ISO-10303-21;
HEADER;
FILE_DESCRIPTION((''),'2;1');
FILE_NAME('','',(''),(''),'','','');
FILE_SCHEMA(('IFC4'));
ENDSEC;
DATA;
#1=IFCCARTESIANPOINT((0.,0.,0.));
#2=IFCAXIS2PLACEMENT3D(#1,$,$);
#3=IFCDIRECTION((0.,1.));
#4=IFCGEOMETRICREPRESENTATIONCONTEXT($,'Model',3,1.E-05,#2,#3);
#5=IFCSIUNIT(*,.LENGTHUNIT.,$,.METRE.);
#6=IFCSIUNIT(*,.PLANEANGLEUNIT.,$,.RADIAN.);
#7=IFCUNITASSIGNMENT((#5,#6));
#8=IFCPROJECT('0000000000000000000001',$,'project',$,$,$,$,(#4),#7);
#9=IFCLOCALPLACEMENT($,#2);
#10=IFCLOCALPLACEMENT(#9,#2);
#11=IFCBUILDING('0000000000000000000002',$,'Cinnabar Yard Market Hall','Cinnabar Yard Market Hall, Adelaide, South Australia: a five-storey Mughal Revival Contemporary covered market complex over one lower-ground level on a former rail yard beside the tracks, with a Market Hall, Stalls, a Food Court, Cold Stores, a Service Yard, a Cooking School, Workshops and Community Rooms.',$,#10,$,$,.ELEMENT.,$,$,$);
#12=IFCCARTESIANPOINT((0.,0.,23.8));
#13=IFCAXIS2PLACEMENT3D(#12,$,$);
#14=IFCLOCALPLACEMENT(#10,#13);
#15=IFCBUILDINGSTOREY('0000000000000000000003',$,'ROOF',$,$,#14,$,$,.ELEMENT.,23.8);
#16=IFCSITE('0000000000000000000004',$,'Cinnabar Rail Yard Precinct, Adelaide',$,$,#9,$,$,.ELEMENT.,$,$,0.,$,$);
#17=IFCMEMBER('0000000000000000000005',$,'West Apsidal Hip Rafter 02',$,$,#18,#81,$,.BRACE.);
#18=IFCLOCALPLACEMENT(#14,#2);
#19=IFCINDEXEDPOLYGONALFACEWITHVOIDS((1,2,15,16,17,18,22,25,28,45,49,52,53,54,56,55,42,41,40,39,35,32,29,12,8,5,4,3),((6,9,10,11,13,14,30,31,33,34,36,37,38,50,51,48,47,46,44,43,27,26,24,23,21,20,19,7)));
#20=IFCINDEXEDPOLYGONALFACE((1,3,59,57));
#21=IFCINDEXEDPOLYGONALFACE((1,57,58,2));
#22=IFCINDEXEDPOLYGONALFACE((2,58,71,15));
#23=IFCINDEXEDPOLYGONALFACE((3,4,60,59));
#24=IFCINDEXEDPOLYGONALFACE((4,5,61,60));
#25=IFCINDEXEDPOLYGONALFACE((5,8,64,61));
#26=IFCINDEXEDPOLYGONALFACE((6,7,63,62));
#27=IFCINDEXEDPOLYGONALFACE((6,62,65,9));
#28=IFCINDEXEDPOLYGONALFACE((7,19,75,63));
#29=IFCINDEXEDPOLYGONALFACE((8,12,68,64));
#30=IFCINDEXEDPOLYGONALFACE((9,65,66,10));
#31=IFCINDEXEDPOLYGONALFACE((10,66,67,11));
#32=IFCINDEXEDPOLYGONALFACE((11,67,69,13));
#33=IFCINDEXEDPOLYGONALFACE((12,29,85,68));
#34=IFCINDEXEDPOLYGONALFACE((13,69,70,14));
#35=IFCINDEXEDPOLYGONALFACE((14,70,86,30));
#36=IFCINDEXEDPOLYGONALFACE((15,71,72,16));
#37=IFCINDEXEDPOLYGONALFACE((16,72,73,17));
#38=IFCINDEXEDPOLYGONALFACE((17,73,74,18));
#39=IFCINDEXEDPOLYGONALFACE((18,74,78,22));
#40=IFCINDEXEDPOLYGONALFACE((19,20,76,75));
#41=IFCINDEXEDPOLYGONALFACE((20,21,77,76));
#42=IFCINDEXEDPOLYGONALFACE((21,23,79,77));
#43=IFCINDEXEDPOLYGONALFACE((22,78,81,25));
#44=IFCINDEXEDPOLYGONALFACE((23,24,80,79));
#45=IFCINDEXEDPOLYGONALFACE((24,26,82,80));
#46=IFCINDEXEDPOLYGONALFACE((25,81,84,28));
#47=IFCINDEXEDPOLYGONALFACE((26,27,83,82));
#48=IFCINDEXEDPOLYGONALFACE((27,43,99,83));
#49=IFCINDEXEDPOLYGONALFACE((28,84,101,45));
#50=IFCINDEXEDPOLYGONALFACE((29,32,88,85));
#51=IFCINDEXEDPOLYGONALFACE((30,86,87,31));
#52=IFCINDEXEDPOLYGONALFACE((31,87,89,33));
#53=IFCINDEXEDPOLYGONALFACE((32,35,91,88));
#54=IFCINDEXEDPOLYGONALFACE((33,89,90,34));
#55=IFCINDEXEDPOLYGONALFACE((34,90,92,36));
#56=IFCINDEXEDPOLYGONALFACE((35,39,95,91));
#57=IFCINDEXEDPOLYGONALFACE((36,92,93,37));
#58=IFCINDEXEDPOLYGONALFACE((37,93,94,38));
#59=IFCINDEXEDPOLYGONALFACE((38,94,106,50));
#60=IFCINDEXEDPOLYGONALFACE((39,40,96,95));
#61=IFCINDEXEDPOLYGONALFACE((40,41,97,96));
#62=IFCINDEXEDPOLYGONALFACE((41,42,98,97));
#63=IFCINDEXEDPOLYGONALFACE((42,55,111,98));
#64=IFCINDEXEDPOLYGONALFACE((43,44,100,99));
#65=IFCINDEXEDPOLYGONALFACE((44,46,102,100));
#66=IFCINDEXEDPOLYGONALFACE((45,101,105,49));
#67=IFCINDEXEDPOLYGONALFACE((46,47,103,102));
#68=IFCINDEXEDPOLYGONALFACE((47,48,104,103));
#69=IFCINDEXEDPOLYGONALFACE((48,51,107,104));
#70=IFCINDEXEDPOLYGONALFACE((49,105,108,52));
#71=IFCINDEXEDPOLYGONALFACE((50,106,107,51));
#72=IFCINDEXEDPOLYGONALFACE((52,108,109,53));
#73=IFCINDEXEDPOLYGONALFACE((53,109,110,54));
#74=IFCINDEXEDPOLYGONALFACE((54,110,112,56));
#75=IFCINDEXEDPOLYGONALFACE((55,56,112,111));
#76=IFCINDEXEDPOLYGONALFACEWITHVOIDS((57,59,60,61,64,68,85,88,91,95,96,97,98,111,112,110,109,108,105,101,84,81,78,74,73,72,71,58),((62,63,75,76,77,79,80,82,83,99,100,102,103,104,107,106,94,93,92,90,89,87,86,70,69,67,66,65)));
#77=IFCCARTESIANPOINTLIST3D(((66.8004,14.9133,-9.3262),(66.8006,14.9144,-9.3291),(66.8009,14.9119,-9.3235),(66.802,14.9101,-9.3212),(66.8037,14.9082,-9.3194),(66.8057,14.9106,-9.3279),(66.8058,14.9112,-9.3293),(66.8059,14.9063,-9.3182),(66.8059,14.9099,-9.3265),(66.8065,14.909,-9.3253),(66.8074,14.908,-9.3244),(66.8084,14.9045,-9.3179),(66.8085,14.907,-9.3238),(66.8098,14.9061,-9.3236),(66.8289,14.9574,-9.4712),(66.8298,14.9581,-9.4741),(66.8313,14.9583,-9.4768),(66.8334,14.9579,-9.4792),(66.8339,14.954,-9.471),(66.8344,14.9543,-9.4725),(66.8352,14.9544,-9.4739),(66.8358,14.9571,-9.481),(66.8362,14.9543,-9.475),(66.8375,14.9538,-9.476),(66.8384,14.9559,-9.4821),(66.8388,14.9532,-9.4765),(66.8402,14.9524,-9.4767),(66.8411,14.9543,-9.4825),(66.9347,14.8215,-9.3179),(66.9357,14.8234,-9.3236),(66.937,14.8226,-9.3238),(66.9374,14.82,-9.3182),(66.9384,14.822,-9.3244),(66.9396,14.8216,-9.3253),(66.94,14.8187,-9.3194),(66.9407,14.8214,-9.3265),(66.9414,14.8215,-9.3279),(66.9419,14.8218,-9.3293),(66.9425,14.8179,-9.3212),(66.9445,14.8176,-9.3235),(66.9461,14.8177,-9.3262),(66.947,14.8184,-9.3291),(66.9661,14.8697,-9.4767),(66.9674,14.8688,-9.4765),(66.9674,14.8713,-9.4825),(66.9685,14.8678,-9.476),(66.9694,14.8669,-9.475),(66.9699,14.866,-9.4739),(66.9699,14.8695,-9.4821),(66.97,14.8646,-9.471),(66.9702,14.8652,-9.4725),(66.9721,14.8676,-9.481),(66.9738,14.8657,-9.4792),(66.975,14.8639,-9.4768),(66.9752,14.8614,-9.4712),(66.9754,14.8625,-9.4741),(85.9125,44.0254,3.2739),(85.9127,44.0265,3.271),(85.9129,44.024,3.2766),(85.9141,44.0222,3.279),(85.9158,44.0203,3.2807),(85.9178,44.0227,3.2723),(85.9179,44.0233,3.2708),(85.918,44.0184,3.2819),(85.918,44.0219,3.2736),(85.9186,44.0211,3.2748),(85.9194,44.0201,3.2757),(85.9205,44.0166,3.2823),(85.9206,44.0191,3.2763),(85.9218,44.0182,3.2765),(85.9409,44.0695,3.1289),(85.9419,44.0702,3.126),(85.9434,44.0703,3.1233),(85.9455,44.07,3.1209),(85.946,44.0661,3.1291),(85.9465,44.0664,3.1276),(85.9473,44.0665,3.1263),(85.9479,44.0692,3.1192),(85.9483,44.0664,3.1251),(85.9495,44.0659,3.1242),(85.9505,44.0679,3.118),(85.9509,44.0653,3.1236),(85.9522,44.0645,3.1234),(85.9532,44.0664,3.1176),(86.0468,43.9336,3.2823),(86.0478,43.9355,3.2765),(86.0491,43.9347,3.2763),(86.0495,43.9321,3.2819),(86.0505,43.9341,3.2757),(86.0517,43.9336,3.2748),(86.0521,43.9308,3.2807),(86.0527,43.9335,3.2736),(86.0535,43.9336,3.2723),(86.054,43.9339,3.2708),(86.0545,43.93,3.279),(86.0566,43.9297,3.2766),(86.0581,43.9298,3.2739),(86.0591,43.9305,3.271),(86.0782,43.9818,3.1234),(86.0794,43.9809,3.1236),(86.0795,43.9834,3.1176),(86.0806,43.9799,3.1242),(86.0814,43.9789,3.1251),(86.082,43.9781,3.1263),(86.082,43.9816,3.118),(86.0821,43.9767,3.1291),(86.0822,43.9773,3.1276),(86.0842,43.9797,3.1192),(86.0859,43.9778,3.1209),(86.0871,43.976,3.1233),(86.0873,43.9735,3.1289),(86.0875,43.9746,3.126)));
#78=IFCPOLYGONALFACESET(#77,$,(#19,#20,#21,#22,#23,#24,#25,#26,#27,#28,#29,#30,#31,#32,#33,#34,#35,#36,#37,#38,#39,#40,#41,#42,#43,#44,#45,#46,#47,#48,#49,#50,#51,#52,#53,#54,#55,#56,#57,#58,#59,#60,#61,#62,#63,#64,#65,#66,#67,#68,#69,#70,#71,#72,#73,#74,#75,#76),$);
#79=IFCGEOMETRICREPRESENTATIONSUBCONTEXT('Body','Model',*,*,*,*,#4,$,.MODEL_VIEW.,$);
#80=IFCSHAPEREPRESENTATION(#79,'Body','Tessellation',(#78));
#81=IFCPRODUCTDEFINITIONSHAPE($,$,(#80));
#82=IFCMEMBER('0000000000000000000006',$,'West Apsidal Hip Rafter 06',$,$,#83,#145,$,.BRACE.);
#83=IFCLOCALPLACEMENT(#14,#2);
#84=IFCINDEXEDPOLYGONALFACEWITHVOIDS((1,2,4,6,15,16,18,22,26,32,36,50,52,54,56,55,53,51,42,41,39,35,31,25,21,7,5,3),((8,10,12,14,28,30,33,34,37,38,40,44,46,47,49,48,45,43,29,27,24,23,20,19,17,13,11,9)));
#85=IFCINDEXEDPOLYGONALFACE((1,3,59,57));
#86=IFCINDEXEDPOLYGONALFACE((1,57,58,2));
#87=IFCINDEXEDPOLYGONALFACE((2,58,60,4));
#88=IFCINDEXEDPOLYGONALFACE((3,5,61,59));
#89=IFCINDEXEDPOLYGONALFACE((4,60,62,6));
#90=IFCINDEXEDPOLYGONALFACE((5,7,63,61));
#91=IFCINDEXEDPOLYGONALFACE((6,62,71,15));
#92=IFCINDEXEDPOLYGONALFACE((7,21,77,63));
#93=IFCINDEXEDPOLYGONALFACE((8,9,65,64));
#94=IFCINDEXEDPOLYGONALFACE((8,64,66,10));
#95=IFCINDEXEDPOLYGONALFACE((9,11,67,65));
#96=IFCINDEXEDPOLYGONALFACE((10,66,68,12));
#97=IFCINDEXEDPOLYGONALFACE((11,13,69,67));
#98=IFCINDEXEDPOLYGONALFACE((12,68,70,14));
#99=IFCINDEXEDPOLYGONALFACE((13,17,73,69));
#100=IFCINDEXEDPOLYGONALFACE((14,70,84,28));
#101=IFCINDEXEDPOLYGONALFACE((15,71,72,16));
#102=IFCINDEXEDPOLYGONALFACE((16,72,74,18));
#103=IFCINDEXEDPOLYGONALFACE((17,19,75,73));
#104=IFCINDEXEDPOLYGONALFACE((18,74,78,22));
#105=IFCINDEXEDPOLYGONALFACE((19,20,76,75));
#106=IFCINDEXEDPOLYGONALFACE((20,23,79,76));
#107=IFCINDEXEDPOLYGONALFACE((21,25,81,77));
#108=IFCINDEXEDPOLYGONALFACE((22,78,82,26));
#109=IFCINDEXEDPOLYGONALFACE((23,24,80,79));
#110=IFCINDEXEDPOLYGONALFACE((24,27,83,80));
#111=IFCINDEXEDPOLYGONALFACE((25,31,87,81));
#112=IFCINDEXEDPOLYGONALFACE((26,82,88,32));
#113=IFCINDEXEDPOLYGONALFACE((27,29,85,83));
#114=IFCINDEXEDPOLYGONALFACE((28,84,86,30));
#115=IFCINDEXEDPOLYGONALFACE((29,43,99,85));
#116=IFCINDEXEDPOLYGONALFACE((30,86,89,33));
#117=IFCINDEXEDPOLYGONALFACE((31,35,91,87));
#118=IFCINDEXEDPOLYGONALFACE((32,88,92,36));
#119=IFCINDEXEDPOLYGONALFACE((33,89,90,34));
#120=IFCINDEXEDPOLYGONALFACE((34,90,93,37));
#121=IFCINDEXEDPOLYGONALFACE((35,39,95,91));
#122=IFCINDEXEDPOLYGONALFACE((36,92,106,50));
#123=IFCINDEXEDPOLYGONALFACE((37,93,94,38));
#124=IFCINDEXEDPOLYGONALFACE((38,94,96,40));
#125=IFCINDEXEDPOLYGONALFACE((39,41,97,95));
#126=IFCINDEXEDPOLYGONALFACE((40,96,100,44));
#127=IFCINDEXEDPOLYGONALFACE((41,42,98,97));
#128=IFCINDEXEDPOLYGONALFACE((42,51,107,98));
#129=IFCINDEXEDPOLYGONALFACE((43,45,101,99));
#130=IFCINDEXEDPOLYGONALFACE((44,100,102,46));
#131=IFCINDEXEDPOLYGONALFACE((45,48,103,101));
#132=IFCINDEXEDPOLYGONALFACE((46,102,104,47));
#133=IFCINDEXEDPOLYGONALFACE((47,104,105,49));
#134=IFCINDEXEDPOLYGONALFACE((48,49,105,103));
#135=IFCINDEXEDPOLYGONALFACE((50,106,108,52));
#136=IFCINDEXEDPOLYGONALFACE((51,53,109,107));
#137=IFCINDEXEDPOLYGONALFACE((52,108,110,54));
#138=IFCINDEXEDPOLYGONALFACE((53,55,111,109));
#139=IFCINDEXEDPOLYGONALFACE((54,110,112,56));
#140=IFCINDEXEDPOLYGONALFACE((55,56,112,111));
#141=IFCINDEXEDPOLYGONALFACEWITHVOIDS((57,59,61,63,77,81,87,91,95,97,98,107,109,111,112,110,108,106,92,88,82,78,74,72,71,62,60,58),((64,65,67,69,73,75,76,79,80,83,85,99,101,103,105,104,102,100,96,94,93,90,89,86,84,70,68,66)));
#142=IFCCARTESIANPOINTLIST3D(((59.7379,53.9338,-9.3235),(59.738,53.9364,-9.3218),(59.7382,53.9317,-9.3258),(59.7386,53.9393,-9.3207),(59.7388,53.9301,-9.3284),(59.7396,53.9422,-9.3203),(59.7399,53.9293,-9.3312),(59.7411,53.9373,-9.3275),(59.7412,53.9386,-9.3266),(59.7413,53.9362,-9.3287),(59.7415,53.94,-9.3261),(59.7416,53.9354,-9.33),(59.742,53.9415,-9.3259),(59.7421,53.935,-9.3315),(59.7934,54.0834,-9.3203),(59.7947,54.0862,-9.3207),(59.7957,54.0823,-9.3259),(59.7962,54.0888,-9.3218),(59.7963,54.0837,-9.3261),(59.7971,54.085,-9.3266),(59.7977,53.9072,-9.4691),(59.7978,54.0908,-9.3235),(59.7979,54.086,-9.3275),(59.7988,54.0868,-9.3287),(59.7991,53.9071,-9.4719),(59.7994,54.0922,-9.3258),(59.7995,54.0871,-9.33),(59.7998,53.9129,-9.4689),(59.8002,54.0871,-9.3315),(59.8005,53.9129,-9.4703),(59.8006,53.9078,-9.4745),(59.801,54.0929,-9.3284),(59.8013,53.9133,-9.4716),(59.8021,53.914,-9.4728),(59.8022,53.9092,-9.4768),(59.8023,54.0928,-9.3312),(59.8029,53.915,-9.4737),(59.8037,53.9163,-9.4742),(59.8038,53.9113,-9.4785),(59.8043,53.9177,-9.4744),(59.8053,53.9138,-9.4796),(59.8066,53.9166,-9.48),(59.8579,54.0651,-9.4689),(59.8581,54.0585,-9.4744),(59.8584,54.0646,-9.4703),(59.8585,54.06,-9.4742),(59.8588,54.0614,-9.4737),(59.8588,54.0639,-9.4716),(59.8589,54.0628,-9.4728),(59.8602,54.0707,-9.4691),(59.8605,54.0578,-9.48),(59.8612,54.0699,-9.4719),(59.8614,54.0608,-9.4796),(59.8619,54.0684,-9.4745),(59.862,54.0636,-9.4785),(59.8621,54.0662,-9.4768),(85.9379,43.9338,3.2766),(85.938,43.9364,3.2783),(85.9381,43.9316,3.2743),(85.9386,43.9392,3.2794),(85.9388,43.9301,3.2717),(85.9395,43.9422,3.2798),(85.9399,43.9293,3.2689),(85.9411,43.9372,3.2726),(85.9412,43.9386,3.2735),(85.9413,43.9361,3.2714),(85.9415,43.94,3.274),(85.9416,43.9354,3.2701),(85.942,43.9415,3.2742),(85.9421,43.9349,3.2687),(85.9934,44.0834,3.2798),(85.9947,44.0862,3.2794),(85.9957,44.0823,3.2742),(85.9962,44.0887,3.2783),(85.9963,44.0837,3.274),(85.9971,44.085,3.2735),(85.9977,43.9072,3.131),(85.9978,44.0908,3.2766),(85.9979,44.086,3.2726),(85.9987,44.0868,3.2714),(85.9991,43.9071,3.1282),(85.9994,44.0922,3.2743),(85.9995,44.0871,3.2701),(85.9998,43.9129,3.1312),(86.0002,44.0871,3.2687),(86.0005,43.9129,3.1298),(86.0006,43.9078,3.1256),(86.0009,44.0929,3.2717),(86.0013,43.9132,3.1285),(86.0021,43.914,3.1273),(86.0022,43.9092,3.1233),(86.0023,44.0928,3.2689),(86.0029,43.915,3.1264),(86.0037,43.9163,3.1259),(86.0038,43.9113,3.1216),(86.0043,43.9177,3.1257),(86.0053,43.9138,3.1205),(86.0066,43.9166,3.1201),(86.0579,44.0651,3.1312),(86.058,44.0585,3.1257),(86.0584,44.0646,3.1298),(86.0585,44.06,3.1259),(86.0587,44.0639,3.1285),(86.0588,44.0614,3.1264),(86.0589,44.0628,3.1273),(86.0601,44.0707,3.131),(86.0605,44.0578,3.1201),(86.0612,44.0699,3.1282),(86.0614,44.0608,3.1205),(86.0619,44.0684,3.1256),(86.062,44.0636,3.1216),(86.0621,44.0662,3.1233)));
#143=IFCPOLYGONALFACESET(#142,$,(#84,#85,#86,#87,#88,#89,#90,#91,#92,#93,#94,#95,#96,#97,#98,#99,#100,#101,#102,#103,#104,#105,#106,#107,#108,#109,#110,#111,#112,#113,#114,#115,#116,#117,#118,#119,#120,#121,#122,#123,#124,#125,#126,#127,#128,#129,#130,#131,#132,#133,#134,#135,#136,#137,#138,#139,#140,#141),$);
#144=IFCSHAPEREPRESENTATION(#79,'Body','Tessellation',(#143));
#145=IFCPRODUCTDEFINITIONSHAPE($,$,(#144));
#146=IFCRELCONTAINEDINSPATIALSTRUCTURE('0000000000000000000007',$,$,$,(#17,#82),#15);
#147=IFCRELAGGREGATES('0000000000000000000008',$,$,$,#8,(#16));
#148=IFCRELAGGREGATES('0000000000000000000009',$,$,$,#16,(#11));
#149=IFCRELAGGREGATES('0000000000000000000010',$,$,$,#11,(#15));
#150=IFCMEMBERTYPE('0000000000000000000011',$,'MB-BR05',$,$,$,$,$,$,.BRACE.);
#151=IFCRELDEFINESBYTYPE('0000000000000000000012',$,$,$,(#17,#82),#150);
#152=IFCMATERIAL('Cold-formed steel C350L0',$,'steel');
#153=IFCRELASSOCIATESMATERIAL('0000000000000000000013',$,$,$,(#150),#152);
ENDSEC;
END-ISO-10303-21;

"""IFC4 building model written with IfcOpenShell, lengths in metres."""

from ifc_helpers import new_model, si_unit, direction, frame, origin, origin_2d_with_axis, place, context, subcontext, project, spatial, hollow_rectangle, extrude, material, material_profile, profile_set, type_object, element, save


model = new_model("IFC4")

# Units and contexts
model_context = context("Model", 3, precision=1e-05, world=origin(), true_north=direction((0.0, 1.0)))
body_context = subcontext(model_context, "Body", "Model", "MODEL_VIEW")
ifc_project = project(units=[si_unit("LENGTHUNIT", "METRE"), si_unit("PLANEANGLEUNIT", "RADIAN")], contexts=[model_context])

# Site, building, storey
site_placement = place(None, origin())
site = spatial("IfcSite", under=ifc_project, at=site_placement, Name="Cinnabar Rail Yard Precinct, Adelaide", CompositionType="ELEMENT", RefElevation=0.0)
building_placement = place(site_placement, origin())
building = spatial("IfcBuilding", under=site, at=building_placement, Name="Cinnabar Yard Market Hall", Description="Cinnabar Yard Market Hall, Adelaide, South Australia: a five-storey Mughal Revival Contemporary covered market complex over one lower-ground level on a former rail yard beside the tracks, with a Market Hall, Stalls, a Food Court, Cold Stores, a Service Yard, a Cooking School, Workshops and Community Rooms.", CompositionType="ELEMENT")
storey_placement = place(building_placement, frame((0.0, 0.0, 23.8)))
storey = spatial("IfcBuildingStorey", under=building, at=storey_placement, Name="ROOF", CompositionType="ELEMENT", Elevation=23.8)

# Members
ifc_material_1 = material(Name="Cold-formed steel C350L0", Category="steel")
ifc_material_profile_1 = material_profile(ifc_material_1, hollow_rectangle(XDim=0.175, YDim=0.175, WallThickness=0.0061, InnerFilletRadius=0.0061, OuterFilletRadius=0.012, at=origin_2d_with_axis()), Name="175x175x6.0SHS")
ifc_profile_set_1 = profile_set([ifc_material_profile_1], Name="Cold-formed steel C350L0")
member_type_1 = type_object("IfcMemberType", Name="MB-BR05", PredefinedType="BRACE", material=ifc_profile_set_1)
member_1_placement = place(storey_placement, frame((86.0, 44.0, 3.2), z_axis=(-0.516063, -0.786082, -0.340227), x_axis=(0.835952, -0.548802, 0.0)))
element("IfcMember", 1, at=member_1_placement, inside=storey, type_object=member_type_1, Name="West Apsidal Hip Rafter 02", PredefinedType="BRACE", context=body_context, shape_type="SweptSolid", body=[
    extrude(hollow_rectangle(XDim=0.175, YDim=0.175, WallThickness=0.0061, InnerFilletRadius=0.0061, OuterFilletRadius=0.012, at=origin_2d_with_axis()), origin(), (0.0, 0.0, 1.0), 37.0344),
])
member_2_placement = place(storey_placement, frame((86.0, 44.0, 3.2), z_axis=(-0.852194, 0.325266, -0.409838), x_axis=(-0.356589, -0.934261, 0.0)))
element("IfcMember", 2, at=member_2_placement, inside=storey, type_object=member_type_1, Name="West Apsidal Hip Rafter 06", PredefinedType="BRACE", context=body_context, shape_type="SweptSolid", body=[
    extrude(hollow_rectangle(XDim=0.175, YDim=0.175, WallThickness=0.0061, InnerFilletRadius=0.0061, OuterFilletRadius=0.012, at=origin_2d_with_axis()), origin(), (0.0, 0.0, 1.0), 30.7441),
])

save(model, "model.ifc")
